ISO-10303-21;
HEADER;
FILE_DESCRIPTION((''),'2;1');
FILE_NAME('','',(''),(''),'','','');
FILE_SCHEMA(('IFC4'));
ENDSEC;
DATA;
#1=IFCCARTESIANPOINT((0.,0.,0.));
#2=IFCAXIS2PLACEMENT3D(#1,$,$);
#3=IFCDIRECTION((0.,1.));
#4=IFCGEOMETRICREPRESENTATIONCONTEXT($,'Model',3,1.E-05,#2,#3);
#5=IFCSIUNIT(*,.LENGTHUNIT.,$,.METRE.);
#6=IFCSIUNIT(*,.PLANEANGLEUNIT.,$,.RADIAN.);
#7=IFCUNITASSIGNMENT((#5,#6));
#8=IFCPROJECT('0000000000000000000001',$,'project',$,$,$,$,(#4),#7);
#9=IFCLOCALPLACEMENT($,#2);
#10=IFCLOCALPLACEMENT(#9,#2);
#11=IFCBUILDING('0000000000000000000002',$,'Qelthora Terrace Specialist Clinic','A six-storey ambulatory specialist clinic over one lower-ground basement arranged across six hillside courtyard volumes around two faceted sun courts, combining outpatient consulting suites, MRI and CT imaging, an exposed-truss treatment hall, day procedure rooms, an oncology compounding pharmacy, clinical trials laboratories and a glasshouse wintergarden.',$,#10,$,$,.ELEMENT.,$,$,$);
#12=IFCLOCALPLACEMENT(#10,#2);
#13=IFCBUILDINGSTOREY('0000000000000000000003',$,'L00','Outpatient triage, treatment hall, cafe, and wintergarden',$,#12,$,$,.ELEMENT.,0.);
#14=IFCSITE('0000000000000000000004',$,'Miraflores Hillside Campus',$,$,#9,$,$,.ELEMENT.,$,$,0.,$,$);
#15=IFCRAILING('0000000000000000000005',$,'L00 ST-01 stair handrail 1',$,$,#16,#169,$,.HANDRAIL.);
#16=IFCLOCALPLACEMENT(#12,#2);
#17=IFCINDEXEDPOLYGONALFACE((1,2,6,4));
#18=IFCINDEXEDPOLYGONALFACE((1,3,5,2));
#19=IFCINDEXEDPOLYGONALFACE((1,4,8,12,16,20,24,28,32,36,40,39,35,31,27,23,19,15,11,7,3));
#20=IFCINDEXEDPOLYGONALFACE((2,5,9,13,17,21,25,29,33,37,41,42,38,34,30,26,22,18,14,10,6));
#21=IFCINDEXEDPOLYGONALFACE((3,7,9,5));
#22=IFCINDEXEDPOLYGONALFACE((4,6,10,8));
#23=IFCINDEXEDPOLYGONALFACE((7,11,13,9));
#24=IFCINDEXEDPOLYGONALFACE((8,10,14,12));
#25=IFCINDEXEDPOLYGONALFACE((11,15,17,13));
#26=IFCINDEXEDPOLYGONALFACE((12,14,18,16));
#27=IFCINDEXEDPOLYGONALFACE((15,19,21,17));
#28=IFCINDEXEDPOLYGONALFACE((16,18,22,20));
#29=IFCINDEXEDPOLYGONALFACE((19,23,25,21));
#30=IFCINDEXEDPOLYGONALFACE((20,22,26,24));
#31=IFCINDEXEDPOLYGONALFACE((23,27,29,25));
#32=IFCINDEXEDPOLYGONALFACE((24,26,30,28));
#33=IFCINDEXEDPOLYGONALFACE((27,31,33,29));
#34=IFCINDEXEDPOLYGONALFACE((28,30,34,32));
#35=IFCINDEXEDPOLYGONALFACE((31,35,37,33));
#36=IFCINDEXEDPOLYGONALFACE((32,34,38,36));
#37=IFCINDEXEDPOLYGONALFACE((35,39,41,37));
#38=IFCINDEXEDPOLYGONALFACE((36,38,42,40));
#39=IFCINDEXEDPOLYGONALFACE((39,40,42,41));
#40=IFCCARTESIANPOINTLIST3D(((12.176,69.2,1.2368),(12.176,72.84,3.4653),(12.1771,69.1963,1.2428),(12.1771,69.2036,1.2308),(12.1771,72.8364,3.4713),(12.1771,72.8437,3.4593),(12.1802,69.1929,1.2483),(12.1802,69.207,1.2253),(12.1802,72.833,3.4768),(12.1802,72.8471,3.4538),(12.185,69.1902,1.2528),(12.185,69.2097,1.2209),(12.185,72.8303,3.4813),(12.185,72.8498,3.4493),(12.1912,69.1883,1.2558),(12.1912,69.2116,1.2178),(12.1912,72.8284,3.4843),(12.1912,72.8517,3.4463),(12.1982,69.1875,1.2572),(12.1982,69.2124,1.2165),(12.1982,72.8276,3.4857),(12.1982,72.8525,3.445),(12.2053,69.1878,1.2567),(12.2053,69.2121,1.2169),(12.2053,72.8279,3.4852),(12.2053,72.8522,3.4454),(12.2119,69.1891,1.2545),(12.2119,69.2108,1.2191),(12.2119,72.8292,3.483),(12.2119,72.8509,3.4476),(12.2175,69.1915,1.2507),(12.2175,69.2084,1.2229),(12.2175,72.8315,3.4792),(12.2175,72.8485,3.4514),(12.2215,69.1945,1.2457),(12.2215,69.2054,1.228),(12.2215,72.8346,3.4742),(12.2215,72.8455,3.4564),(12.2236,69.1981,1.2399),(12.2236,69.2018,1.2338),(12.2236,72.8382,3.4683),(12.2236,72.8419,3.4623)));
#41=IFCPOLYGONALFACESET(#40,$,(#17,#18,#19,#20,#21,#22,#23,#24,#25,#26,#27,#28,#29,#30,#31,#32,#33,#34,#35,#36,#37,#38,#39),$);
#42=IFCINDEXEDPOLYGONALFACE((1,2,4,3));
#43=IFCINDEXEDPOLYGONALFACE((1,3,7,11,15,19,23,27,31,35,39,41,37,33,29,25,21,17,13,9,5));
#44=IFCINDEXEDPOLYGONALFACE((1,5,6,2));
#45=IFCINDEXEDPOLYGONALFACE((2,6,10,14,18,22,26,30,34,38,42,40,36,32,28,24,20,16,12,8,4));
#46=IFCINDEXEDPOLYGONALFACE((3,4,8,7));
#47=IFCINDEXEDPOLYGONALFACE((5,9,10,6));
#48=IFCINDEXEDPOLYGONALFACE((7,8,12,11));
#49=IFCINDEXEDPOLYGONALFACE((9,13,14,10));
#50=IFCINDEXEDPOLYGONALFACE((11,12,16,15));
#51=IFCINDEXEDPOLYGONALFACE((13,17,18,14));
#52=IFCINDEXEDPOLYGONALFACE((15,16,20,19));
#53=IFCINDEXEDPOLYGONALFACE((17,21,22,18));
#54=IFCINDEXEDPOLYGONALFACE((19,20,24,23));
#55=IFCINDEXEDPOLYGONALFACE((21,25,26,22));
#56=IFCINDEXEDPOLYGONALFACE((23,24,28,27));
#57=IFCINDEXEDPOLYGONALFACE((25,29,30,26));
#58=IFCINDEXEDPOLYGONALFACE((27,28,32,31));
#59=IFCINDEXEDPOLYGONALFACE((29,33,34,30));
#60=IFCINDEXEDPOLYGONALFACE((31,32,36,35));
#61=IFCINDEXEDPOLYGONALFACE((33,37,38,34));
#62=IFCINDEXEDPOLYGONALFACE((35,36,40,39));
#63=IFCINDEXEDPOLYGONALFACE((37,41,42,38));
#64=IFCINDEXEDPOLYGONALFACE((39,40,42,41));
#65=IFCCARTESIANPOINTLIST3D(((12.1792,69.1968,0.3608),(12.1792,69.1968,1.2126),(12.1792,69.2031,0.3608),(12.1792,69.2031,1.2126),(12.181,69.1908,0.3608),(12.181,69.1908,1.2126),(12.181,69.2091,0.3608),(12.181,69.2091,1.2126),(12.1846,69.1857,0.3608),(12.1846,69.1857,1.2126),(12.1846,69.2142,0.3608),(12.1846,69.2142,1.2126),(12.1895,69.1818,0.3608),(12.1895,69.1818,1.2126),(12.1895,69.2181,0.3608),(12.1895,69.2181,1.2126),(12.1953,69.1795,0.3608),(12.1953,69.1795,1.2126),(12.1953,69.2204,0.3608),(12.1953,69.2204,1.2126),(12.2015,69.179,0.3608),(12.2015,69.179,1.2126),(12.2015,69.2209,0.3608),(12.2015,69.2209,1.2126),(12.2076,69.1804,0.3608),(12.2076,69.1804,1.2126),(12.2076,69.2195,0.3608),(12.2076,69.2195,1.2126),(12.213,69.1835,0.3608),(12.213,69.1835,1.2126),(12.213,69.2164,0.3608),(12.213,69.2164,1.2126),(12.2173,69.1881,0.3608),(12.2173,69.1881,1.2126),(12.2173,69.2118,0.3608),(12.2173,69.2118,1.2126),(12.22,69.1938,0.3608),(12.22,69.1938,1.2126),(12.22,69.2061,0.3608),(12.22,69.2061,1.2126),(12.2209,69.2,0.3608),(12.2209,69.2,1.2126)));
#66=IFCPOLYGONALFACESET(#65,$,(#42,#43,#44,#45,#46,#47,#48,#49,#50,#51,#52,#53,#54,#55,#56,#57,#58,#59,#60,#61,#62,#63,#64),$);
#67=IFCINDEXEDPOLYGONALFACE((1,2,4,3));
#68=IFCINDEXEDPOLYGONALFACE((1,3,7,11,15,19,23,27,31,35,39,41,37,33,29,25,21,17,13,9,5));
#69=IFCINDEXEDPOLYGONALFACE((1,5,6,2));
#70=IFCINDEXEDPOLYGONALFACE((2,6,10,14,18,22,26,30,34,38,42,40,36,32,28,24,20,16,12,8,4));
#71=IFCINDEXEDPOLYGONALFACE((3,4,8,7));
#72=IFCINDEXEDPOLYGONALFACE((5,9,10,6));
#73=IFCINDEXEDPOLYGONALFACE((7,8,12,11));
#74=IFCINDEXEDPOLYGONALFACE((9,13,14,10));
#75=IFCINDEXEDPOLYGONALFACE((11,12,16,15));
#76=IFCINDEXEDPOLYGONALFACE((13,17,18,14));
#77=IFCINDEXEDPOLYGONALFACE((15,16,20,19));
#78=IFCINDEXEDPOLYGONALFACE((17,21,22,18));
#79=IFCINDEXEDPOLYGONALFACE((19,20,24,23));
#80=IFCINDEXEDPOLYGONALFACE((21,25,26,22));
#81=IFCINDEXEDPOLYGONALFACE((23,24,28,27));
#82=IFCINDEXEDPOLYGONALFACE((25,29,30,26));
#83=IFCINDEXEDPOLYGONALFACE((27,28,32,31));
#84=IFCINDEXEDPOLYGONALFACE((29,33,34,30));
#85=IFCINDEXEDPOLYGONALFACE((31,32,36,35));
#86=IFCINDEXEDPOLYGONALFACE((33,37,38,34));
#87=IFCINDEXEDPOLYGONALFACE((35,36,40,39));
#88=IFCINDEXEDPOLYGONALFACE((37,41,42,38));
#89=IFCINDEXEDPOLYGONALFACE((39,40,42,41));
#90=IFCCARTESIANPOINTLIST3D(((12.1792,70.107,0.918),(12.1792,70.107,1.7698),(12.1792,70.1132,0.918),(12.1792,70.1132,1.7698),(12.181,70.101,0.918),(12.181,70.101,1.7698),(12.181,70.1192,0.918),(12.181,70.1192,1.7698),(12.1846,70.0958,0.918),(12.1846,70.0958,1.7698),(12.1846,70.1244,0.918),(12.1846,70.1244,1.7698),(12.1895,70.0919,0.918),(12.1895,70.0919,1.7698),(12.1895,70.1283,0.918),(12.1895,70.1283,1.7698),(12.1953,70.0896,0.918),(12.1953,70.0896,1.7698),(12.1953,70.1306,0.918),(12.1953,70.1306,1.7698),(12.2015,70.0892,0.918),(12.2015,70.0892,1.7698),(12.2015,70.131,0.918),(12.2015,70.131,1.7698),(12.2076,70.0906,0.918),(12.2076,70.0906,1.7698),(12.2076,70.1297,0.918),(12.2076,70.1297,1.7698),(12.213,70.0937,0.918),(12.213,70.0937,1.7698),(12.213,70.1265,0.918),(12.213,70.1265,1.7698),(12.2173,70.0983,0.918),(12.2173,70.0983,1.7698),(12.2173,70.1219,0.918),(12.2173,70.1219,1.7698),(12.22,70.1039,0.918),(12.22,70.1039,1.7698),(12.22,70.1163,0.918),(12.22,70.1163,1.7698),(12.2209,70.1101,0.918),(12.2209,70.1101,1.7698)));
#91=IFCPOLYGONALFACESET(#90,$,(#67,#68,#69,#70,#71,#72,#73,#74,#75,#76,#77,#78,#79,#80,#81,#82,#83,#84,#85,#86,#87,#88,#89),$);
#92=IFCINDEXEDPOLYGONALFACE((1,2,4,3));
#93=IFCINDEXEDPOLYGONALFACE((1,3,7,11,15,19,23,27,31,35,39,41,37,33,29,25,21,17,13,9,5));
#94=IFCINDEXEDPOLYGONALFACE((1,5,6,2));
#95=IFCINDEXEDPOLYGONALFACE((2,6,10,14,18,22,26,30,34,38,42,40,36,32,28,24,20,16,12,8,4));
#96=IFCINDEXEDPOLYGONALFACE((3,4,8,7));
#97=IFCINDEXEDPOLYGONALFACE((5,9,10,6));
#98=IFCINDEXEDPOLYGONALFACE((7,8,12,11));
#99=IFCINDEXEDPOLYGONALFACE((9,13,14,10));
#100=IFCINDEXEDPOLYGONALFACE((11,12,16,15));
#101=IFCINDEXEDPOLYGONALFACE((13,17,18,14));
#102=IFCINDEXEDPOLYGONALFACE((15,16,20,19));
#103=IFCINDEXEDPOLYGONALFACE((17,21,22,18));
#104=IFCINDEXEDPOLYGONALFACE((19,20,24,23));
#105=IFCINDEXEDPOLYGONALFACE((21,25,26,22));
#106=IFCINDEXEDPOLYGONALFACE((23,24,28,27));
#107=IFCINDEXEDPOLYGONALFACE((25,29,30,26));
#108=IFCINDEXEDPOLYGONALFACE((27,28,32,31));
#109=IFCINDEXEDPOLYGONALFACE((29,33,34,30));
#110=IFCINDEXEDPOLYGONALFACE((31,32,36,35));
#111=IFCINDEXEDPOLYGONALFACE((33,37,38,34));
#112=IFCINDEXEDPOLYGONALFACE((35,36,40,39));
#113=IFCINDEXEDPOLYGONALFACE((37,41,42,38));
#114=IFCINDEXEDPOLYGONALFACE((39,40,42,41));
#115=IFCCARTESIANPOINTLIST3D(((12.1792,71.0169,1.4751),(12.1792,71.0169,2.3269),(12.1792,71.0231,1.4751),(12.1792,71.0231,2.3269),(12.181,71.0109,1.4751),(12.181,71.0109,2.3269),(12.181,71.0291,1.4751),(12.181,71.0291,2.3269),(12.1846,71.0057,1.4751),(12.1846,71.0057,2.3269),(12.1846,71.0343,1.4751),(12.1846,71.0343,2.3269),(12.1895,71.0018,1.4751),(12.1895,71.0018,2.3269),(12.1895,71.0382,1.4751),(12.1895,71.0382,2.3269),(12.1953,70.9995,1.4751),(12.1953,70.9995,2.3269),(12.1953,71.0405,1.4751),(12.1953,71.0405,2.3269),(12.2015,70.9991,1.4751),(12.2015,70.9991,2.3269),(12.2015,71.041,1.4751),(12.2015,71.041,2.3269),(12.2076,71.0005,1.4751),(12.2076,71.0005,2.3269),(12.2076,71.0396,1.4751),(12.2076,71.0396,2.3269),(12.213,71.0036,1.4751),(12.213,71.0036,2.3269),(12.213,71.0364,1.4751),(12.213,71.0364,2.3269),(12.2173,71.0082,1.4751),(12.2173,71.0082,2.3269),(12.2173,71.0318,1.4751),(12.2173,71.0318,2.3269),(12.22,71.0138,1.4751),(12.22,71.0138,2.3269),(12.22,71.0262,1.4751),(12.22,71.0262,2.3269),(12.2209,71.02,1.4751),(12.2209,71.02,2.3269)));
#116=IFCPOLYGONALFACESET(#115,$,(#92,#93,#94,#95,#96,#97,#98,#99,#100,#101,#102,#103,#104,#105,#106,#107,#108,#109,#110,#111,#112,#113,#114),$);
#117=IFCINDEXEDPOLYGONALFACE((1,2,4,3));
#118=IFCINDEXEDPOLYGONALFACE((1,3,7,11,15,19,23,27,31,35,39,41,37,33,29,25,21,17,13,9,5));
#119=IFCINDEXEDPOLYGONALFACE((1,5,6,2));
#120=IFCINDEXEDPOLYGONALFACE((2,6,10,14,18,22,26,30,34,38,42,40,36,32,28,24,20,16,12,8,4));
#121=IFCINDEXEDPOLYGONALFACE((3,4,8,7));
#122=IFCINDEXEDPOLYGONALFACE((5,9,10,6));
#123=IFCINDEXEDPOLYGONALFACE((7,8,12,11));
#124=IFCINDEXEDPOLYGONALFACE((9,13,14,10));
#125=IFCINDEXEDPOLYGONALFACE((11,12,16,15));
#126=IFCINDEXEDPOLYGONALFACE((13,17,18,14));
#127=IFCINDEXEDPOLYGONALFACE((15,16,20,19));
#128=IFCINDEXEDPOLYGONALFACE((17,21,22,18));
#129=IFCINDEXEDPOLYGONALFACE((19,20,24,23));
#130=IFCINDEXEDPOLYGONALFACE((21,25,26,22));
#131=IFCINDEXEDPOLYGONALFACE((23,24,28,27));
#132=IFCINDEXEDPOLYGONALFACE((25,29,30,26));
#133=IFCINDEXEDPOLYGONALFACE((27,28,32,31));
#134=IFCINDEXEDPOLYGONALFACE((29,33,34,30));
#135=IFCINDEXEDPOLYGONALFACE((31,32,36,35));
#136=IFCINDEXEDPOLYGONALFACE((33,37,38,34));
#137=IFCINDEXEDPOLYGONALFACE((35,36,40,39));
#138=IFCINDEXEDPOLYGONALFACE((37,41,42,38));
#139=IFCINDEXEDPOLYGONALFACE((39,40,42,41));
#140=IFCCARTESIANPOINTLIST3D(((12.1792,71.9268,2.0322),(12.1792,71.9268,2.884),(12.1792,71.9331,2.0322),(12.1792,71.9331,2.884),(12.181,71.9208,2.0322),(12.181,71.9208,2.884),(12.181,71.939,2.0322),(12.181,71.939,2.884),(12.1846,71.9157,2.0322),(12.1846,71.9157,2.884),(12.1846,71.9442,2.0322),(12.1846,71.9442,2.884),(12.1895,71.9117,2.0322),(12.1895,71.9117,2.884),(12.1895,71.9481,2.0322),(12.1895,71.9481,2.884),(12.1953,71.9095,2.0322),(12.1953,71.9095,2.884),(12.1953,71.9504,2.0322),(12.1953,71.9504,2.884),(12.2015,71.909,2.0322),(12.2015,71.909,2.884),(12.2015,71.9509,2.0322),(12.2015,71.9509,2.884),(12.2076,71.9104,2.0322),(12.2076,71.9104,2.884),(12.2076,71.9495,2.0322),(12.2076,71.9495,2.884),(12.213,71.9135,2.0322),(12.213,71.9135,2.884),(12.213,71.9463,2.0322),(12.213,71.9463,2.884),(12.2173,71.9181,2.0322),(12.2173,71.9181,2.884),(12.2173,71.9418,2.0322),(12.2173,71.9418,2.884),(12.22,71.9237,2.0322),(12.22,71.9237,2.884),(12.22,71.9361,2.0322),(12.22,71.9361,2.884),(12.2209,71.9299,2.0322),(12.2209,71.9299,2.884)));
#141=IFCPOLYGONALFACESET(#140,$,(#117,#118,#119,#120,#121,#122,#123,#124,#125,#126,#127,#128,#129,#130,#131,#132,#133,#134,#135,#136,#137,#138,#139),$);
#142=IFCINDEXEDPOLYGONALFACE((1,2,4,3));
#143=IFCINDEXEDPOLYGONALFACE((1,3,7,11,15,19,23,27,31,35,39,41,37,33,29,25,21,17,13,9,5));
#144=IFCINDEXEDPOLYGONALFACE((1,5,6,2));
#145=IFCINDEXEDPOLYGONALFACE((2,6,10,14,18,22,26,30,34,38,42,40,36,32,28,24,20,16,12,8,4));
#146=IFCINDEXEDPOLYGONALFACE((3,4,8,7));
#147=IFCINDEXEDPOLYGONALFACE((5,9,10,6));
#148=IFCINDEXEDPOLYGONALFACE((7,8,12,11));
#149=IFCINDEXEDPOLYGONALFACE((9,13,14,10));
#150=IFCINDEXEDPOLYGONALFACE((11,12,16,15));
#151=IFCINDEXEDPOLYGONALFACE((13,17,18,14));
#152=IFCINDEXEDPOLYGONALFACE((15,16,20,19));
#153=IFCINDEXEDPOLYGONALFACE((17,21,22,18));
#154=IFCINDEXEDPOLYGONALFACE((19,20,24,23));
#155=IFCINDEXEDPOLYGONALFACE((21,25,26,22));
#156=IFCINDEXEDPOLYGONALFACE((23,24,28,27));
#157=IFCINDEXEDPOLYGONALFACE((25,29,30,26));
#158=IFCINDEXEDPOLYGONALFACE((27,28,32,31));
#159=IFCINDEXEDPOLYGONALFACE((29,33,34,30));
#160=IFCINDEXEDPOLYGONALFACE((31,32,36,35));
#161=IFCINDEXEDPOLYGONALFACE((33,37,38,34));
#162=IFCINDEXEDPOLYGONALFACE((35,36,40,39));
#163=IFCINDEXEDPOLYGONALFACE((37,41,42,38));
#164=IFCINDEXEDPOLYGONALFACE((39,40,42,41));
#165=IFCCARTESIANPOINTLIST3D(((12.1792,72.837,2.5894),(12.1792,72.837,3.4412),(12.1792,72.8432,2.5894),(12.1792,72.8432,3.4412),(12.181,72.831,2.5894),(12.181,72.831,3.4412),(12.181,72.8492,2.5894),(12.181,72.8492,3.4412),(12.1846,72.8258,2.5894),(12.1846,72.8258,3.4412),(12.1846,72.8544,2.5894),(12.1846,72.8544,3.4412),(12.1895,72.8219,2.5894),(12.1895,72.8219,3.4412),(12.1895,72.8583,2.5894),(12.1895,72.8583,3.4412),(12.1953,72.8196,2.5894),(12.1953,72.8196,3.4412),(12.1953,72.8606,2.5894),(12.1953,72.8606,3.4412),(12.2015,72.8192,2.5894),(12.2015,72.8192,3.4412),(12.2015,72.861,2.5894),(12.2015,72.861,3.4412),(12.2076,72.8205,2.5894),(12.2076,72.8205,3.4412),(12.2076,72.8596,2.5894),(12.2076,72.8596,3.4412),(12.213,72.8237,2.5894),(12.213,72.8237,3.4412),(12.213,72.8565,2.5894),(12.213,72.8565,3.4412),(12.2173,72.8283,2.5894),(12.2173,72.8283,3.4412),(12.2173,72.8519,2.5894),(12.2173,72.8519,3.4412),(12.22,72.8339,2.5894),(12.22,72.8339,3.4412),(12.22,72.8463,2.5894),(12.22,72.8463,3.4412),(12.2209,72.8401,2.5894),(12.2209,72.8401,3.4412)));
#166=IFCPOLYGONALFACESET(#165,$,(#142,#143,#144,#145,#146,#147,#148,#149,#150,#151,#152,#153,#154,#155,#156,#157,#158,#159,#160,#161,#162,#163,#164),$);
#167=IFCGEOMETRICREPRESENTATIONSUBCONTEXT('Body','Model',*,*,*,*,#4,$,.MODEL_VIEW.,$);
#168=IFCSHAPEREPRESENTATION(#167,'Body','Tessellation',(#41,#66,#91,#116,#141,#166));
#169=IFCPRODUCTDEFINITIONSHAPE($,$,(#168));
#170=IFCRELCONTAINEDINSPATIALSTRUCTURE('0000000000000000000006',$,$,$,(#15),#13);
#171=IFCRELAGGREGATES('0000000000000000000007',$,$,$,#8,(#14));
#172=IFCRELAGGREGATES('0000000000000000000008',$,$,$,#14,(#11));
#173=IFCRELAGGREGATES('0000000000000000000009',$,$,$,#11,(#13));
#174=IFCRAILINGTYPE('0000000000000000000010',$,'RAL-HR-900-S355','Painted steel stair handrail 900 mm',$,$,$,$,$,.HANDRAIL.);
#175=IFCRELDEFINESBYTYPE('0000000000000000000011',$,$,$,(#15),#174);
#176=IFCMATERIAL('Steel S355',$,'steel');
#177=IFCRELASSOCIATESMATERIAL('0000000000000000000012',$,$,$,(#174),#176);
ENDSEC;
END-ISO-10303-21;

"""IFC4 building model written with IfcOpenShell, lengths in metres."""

from ifc_helpers import new_model, si_unit, direction, frame, origin, origin_2d, place, context, subcontext, project, spatial, circle, extrude, material, type_object, element, save


model = new_model("IFC4")

# Units and contexts
model_context = context("Model", 3, precision=1e-05, world=origin(), true_north=direction((0.0, 1.0)))
body_context = subcontext(model_context, "Body", "Model", "MODEL_VIEW")
ifc_project = project(units=[si_unit("LENGTHUNIT", "METRE"), si_unit("PLANEANGLEUNIT", "RADIAN")], contexts=[model_context])

# Site, building, storey
site_placement = place(None, origin())
site = spatial("IfcSite", under=ifc_project, at=site_placement, Name="Miraflores Hillside Campus", CompositionType="ELEMENT", RefElevation=0.0)
building_placement = place(site_placement, origin())
building = spatial("IfcBuilding", under=site, at=building_placement, Name="Qelthora Terrace Specialist Clinic", Description="A six-storey ambulatory specialist clinic over one lower-ground basement arranged across six hillside courtyard volumes around two faceted sun courts, combining outpatient consulting suites, MRI and CT imaging, an exposed-truss treatment hall, day procedure rooms, an oncology compounding pharmacy, clinical trials laboratories and a glasshouse wintergarden.", CompositionType="ELEMENT")
storey_placement = place(building_placement, origin())
storey = spatial("IfcBuildingStorey", under=building, at=storey_placement, Name="L00", Description="Outpatient triage, treatment hall, cafe, and wintergarden", CompositionType="ELEMENT", Elevation=0.0)

# Shared definitions
ifc_material_1 = material(Name="Steel S355", Category="steel")

# Railing
railing_type_1 = type_object("IfcRailingType", Name="RAL-HR-900-S355", Description="Painted steel stair handrail 900 mm", PredefinedType="HANDRAIL", material=ifc_material_1)
railing_1_placement = place(storey_placement, frame((12.2, 69.2, 0.3608)))
element("IfcRailing", 1, at=railing_1_placement, inside=storey, type_object=railing_type_1, Name="L00 ST-01 stair handrail 1", PredefinedType="HANDRAIL", context=body_context, shape_type="SweptSolid", body=[
    extrude(circle(Radius=0.0239, at=origin_2d()), frame((0.0, 0.0, 0.876), z_axis=(0.0, 0.852866, 0.52213), x_axis=(-1.0, 0.0, 0.0)), (0.0, 0.0, 1.0), 4.2681),
    extrude(circle(Radius=0.021, at=origin_2d()), origin(), (0.0, 0.0, 1.0), 0.8518),
    extrude(circle(Radius=0.021, at=origin_2d()), frame((0.0, 0.9102, 0.5571)), (0.0, 0.0, 1.0), 0.8518),
    extrude(circle(Radius=0.021, at=origin_2d()), frame((0.0, 1.8201, 1.1143)), (0.0, 0.0, 1.0), 0.8518),
    extrude(circle(Radius=0.021, at=origin_2d()), frame((0.0, 2.73, 1.6714)), (0.0, 0.0, 1.0), 0.8518),
    extrude(circle(Radius=0.021, at=origin_2d()), frame((0.0, 3.6401, 2.2285)), (0.0, 0.0, 1.0), 0.8518),
])

save(model, "model.ifc")
